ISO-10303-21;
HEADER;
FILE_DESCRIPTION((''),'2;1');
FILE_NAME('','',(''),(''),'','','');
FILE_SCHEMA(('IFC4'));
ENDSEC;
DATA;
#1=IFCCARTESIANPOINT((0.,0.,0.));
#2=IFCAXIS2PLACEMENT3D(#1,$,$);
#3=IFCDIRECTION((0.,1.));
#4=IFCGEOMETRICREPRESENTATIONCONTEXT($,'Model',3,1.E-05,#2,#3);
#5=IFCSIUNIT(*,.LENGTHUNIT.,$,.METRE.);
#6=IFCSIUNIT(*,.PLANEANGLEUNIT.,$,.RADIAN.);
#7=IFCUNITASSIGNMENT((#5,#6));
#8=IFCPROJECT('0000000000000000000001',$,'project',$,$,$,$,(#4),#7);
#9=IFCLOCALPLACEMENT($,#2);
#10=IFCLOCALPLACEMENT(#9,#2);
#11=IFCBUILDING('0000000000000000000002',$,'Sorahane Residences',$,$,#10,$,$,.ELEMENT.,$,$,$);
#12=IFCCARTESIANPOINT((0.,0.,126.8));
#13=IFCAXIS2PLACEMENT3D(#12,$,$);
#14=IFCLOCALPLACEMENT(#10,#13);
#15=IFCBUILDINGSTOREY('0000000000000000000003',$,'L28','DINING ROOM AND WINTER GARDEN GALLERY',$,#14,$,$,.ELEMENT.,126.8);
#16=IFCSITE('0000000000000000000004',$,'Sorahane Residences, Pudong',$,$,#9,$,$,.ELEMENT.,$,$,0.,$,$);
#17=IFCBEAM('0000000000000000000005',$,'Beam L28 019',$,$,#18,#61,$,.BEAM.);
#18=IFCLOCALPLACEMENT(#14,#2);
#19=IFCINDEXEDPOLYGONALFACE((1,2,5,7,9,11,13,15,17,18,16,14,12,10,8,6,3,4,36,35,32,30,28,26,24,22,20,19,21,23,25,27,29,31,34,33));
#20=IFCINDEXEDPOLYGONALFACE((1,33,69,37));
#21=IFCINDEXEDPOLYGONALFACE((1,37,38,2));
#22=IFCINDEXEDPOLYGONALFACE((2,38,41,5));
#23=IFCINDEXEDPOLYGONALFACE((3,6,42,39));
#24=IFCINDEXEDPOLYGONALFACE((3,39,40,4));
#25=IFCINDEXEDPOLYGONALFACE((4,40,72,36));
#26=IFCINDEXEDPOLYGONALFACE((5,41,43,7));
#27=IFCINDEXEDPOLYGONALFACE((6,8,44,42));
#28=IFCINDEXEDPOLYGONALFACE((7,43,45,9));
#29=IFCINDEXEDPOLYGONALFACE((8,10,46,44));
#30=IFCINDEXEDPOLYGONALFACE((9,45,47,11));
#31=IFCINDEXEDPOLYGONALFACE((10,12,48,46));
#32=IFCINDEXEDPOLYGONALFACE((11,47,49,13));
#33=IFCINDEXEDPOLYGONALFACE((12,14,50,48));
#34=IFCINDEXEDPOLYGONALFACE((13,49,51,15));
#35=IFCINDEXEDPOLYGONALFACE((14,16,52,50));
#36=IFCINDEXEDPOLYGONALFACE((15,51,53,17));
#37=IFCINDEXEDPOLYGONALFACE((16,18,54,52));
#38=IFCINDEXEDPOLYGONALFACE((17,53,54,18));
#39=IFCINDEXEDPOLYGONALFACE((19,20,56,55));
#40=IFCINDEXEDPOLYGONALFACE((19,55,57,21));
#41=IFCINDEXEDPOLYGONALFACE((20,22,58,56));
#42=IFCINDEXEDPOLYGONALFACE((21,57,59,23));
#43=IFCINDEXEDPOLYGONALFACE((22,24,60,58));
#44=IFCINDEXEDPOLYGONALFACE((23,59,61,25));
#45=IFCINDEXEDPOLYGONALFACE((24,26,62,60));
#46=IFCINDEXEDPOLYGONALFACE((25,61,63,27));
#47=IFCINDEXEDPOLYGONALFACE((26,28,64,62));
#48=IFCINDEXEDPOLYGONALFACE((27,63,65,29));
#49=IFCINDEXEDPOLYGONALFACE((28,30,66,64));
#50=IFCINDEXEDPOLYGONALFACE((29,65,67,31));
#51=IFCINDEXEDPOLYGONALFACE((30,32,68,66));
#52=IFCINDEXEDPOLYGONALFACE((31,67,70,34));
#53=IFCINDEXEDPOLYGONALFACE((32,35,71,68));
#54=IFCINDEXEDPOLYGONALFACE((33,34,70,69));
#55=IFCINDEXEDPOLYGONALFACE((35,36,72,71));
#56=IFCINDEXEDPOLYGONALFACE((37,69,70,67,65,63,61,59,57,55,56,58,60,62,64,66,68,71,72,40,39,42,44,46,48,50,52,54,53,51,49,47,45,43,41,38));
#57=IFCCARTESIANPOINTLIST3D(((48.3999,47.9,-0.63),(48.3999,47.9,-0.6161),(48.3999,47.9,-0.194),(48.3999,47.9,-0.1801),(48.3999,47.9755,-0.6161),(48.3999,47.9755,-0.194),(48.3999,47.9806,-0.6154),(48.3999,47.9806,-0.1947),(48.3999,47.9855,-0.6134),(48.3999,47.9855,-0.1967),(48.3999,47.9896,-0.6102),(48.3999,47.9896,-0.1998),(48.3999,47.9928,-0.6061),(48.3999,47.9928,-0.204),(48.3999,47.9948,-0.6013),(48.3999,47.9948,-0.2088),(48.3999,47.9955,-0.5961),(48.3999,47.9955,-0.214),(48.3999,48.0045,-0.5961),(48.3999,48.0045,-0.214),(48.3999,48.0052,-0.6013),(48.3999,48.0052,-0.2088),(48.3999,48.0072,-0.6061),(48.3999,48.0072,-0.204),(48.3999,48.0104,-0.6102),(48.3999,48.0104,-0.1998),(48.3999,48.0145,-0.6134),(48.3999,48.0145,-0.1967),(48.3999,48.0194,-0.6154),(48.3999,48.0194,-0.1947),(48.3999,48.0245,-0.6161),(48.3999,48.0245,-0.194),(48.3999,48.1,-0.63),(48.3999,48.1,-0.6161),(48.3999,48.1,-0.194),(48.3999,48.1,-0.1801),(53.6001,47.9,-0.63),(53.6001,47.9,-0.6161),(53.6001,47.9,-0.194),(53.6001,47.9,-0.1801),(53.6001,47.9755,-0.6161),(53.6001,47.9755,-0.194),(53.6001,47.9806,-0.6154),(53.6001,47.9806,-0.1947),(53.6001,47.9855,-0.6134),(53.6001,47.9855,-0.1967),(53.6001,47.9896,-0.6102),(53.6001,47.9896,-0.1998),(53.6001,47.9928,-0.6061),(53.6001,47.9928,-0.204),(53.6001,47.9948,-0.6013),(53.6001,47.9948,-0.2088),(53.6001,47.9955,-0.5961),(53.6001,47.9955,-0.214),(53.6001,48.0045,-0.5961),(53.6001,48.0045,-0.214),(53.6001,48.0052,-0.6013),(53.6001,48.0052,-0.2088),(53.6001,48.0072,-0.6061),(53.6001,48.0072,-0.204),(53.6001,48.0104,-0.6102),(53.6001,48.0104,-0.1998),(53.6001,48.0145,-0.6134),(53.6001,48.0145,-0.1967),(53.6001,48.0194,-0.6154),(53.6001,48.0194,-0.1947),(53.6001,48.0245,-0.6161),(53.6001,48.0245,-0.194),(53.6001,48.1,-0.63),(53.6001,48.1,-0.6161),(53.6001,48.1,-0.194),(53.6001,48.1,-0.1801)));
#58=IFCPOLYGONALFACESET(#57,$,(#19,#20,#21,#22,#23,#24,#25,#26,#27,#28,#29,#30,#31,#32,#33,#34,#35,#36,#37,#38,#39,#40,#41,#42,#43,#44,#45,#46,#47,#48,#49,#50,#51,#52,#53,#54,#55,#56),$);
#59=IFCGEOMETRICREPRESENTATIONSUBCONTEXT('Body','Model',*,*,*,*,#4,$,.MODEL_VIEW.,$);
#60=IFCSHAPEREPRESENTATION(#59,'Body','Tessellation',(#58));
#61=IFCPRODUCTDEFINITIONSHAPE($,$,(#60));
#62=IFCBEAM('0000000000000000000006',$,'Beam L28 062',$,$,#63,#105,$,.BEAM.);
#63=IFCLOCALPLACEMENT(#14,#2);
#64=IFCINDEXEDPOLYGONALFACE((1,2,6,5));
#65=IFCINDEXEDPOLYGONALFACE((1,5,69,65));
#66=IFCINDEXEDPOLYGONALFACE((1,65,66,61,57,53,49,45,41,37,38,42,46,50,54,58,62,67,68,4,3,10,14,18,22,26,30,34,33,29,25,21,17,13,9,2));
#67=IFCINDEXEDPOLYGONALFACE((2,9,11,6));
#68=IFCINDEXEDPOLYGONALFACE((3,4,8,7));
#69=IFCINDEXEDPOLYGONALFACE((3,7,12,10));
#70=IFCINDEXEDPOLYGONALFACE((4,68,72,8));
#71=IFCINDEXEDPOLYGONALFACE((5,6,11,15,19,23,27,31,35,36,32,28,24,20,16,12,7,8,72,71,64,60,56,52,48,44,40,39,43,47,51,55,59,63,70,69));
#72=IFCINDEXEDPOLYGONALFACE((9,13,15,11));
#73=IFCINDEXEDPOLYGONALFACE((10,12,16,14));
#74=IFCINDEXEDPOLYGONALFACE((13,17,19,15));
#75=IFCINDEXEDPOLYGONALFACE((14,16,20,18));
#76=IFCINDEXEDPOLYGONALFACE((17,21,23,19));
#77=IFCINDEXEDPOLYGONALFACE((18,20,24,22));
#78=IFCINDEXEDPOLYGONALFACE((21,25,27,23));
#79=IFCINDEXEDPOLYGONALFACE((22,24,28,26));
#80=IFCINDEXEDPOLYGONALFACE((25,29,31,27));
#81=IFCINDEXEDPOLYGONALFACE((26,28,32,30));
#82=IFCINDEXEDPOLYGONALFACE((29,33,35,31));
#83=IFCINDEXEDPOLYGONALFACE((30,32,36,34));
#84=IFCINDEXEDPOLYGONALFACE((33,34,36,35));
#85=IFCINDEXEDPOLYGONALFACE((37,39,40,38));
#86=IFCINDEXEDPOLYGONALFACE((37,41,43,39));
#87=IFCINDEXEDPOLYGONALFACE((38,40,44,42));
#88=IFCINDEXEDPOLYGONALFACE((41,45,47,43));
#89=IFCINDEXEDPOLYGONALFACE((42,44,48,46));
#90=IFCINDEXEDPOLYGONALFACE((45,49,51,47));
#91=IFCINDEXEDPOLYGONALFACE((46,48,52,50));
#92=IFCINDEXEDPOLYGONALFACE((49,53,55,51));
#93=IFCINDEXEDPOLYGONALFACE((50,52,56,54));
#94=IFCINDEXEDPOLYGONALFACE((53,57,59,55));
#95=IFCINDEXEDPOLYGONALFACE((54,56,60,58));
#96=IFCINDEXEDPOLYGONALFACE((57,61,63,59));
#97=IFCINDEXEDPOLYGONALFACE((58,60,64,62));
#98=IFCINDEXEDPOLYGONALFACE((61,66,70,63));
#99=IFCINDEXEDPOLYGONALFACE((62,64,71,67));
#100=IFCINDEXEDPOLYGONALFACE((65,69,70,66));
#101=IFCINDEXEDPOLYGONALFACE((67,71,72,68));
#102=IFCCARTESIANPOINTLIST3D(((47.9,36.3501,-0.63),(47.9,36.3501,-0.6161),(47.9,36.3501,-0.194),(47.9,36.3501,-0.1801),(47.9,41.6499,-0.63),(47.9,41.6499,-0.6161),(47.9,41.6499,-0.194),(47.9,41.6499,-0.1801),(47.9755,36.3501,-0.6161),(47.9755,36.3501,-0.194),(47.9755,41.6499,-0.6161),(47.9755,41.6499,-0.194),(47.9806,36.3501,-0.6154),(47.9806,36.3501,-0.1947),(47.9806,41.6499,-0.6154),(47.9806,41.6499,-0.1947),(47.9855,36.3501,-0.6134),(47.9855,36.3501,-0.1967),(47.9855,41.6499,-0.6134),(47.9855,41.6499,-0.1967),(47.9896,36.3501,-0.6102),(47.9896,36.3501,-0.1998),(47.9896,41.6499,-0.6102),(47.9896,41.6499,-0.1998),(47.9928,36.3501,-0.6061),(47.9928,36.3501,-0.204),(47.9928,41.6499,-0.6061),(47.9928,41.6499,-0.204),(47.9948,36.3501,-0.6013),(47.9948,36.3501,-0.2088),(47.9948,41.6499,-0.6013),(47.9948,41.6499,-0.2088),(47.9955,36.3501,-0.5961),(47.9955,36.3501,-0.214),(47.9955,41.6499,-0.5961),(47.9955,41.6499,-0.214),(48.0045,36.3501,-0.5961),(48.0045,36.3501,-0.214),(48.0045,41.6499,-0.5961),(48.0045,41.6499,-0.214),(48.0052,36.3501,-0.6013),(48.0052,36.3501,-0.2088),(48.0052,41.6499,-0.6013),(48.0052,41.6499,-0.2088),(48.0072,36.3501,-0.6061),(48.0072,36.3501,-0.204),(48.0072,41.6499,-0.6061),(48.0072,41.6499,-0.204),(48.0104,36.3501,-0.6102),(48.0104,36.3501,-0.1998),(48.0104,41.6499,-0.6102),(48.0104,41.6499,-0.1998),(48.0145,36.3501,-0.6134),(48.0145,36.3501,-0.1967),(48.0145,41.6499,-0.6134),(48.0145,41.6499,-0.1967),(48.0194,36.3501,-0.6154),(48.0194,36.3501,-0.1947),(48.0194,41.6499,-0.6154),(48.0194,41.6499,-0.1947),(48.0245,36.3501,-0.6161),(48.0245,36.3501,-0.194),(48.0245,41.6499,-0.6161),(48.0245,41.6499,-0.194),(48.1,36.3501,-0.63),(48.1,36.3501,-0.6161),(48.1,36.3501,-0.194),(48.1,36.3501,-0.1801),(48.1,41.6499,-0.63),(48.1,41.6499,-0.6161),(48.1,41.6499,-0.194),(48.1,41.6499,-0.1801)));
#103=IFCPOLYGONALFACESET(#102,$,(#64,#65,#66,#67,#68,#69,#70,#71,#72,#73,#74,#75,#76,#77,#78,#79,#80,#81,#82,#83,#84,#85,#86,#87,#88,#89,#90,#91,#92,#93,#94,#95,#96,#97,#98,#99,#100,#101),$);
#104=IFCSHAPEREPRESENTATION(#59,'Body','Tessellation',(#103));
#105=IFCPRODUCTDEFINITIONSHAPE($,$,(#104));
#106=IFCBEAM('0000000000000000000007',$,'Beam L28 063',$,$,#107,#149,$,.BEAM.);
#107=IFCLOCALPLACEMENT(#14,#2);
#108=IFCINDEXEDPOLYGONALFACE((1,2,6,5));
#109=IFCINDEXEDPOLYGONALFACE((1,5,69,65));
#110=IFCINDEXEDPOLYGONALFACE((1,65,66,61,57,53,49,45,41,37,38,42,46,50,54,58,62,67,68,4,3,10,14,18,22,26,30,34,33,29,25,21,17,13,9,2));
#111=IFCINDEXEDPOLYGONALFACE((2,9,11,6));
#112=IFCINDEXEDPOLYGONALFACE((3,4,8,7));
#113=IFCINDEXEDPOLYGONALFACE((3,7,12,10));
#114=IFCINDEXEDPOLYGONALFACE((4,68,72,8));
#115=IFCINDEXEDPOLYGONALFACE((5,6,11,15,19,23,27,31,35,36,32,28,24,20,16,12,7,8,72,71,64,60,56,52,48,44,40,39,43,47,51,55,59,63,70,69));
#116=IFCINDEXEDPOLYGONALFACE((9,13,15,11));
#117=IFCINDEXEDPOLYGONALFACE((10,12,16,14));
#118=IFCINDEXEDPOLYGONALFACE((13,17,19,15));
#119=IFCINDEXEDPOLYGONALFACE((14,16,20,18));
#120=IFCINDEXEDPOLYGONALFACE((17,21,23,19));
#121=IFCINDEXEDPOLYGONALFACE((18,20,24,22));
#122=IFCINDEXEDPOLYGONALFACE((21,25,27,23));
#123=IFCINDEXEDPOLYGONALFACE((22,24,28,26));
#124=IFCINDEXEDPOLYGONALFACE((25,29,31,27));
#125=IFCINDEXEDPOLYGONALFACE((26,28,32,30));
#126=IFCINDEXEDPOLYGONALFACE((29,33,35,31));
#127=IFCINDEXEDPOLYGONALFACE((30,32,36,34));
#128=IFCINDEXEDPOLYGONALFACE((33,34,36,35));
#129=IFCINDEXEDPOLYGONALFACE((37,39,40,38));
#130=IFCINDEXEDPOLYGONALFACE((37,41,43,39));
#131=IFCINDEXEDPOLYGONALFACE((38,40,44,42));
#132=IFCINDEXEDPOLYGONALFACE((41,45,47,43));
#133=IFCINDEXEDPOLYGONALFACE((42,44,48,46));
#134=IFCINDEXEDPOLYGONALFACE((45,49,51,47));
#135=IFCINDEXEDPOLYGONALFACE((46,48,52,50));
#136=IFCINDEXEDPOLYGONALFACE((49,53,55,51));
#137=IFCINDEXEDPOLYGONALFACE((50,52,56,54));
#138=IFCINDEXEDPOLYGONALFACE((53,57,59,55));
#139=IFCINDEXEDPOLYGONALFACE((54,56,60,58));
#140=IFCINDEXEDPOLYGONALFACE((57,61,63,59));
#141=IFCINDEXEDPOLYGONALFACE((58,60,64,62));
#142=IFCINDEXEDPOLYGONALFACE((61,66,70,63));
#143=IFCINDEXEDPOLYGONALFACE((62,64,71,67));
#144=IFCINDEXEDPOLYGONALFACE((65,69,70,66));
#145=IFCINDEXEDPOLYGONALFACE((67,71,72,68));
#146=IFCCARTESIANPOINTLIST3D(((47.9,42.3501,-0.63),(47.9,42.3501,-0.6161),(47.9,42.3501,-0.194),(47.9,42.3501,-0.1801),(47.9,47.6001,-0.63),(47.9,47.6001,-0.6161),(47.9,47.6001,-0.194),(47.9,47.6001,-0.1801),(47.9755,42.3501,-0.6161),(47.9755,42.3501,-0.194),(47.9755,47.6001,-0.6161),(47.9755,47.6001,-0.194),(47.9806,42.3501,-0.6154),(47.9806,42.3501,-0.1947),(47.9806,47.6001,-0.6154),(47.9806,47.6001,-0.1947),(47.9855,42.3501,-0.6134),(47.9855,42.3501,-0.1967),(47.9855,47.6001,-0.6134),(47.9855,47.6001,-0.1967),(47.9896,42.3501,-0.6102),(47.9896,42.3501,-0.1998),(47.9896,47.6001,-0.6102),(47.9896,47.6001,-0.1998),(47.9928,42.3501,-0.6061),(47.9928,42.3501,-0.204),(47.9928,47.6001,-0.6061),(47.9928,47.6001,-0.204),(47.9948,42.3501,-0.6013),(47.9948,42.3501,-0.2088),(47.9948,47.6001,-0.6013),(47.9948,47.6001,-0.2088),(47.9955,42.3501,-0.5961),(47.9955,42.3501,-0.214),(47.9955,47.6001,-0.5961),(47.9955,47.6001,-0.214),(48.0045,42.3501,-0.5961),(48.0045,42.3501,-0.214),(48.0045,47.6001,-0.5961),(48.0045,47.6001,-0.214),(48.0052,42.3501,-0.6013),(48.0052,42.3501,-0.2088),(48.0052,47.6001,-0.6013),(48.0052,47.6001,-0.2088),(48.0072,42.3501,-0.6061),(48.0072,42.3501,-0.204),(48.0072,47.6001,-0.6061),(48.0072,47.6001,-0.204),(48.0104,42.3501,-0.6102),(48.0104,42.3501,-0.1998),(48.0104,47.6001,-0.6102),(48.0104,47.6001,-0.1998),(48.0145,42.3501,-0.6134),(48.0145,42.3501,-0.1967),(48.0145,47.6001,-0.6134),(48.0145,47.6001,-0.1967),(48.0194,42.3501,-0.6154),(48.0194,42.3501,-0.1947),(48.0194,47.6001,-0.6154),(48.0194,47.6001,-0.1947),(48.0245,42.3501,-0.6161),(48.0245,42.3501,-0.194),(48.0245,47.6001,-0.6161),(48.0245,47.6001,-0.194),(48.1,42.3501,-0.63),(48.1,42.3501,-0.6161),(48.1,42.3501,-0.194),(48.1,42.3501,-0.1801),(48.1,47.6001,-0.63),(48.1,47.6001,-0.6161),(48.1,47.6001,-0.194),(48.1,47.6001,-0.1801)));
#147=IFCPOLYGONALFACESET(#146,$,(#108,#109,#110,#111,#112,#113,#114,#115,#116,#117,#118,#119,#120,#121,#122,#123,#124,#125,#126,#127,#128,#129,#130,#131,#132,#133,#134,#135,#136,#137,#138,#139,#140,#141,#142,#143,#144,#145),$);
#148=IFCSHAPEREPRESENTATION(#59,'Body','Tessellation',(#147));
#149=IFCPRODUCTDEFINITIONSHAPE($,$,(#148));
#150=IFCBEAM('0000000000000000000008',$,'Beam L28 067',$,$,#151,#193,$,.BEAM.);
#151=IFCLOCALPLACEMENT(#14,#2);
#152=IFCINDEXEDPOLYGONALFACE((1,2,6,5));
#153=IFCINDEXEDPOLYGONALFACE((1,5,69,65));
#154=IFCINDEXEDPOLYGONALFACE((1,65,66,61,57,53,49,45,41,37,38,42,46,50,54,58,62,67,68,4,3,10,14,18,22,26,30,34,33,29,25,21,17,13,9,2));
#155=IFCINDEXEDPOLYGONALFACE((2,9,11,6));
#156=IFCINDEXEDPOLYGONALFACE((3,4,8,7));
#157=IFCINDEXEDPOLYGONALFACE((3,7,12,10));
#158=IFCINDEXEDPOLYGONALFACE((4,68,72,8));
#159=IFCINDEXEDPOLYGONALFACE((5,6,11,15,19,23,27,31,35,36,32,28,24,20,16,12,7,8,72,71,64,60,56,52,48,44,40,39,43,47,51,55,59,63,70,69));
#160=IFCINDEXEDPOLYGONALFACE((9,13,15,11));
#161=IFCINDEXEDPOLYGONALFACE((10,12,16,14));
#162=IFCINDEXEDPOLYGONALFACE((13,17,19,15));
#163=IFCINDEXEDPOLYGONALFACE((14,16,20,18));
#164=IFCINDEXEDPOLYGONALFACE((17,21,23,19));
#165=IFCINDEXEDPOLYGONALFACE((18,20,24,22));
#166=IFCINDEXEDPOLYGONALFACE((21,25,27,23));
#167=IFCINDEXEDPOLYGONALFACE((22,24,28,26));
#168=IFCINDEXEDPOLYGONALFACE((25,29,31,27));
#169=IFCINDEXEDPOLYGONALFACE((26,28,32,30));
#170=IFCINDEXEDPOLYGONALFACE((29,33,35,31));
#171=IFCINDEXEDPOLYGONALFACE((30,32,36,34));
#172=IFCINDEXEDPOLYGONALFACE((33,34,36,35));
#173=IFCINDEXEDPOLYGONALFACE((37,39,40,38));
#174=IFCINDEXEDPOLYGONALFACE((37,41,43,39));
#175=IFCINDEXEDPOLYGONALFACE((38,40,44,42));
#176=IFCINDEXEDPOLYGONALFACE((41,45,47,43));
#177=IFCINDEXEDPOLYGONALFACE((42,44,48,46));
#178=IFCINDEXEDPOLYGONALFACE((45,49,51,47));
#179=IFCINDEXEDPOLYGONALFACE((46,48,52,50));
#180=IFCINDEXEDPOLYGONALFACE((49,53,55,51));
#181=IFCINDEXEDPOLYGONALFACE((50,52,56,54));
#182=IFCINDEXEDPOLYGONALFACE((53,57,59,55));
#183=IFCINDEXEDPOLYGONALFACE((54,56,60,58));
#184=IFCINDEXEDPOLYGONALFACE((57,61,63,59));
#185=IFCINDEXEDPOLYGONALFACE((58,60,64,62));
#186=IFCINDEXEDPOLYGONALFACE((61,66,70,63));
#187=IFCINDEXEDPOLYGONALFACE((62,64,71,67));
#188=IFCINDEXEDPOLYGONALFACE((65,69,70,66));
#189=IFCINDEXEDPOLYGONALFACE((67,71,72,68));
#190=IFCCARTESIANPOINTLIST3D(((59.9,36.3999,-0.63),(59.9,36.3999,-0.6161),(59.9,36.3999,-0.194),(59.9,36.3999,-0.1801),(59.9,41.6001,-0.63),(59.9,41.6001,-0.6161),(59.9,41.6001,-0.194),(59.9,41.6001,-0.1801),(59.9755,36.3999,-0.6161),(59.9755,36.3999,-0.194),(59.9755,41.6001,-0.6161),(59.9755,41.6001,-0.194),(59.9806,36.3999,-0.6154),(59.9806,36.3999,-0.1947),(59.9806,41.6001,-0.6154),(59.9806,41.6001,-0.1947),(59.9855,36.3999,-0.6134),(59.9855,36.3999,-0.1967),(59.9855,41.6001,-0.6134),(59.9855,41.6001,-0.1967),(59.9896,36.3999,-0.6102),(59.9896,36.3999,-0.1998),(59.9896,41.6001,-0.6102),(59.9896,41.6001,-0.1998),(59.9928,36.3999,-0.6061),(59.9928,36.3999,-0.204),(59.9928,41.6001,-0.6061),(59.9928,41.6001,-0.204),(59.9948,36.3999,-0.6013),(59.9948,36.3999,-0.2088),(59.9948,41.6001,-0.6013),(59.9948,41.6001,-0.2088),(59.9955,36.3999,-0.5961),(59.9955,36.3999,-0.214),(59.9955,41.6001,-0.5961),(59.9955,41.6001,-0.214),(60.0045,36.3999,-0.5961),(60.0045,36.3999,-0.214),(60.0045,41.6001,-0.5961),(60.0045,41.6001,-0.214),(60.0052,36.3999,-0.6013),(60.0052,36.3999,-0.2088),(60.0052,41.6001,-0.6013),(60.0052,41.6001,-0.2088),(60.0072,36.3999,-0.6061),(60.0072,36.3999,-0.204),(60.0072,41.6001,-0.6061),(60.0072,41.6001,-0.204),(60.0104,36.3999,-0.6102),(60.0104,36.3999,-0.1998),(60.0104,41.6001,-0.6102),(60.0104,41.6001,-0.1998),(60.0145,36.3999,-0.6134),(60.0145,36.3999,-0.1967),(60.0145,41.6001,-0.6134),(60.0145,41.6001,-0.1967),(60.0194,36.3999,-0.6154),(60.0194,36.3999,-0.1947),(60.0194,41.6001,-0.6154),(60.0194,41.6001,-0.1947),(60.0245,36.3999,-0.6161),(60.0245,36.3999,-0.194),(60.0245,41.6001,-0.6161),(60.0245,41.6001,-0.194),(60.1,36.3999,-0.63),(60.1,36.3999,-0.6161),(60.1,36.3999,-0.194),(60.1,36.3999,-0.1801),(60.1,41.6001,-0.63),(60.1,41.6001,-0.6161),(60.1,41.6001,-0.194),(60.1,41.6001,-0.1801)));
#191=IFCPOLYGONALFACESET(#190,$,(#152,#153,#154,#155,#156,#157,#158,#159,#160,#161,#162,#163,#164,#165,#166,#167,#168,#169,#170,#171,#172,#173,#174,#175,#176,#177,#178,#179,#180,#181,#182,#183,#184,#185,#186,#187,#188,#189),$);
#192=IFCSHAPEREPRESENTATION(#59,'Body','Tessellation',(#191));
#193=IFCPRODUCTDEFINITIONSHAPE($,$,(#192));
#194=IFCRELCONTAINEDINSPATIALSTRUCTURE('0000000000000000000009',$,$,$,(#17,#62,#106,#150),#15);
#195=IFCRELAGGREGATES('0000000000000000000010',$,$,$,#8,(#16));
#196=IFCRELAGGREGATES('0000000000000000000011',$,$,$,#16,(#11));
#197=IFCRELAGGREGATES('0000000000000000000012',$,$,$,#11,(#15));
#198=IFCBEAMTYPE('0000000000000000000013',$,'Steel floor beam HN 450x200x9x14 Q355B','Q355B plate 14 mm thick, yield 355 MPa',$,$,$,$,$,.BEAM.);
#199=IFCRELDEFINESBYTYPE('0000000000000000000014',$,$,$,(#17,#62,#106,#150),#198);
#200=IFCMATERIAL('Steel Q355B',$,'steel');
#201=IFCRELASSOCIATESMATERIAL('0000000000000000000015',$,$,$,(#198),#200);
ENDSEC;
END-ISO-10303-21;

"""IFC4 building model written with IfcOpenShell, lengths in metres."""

from ifc_helpers import new_model, si_unit, direction, frame, origin, origin_2d, place, context, subcontext, project, spatial, i_section, extrude, material, material_profile, profile_set, type_object, element, save


model = new_model("IFC4")

# Units and contexts
model_context = context("Model", 3, precision=1e-05, world=origin(), true_north=direction((0.0, 1.0)))
body_context = subcontext(model_context, "Body", "Model", "MODEL_VIEW")
ifc_project = project(units=[si_unit("LENGTHUNIT", "METRE"), si_unit("PLANEANGLEUNIT", "RADIAN")], contexts=[model_context])

# Site, building, storey
site_placement = place(None, origin())
site = spatial("IfcSite", under=ifc_project, at=site_placement, Name="Sorahane Residences, Pudong", CompositionType="ELEMENT", RefElevation=0.0)
building_placement = place(site_placement, origin())
building = spatial("IfcBuilding", under=site, at=building_placement, Name="Sorahane Residences", CompositionType="ELEMENT")
storey_placement = place(building_placement, frame((0.0, 0.0, 126.8)))
storey = spatial("IfcBuildingStorey", under=building, at=storey_placement, Name="L28", Description="DINING ROOM AND WINTER GARDEN GALLERY", CompositionType="ELEMENT", Elevation=126.8)

# Beams
ifc_material_1 = material(Name="Steel Q355B", Category="steel")
ifc_material_profile_1 = material_profile(ifc_material_1, i_section(OverallWidth=0.2, OverallDepth=0.45, WebThickness=0.009, FlangeThickness=0.0139, FilletRadius=0.02, at=origin_2d()), Name="HN 450x200x9x14")
ifc_profile_set_1 = profile_set([ifc_material_profile_1], Name="Steel Q355B")
beam_type_1 = type_object("IfcBeamType", Name="Steel floor beam HN 450x200x9x14 Q355B", Description="Q355B plate 14 mm thick, yield 355 MPa", PredefinedType="BEAM", material=ifc_profile_set_1)
beam_1_placement = place(storey_placement, frame((48.3999, 48.0, -0.405), z_axis=(1.0, 0.0, 0.0), x_axis=(0.0, 1.0, 0.0)))
element("IfcBeam", 1, at=beam_1_placement, inside=storey, type_object=beam_type_1, Name="Beam L28 019", PredefinedType="BEAM", context=body_context, shape_type="SweptSolid", body=[
    extrude(i_section(OverallWidth=0.2, OverallDepth=0.45, WebThickness=0.009, FlangeThickness=0.0139, FilletRadius=0.02, at=origin_2d()), origin(), (0.0, 0.0, 1.0), 5.2002),
])
beam_2_placement = place(storey_placement, frame((48.0, 36.3501, -0.405), z_axis=(0.0, 1.0, 0.0), x_axis=(-1.0, 0.0, 0.0)))
element("IfcBeam", 2, at=beam_2_placement, inside=storey, type_object=beam_type_1, Name="Beam L28 062", PredefinedType="BEAM", context=body_context, shape_type="SweptSolid", body=[
    extrude(i_section(OverallWidth=0.2, OverallDepth=0.45, WebThickness=0.009, FlangeThickness=0.0139, FilletRadius=0.02, at=origin_2d()), origin(), (0.0, 0.0, 1.0), 5.2998),
])
beam_3_placement = place(storey_placement, frame((48.0, 42.3501, -0.405), z_axis=(0.0, 1.0, 0.0), x_axis=(-1.0, 0.0, 0.0)))
element("IfcBeam", 3, at=beam_3_placement, inside=storey, type_object=beam_type_1, Name="Beam L28 063", PredefinedType="BEAM", context=body_context, shape_type="SweptSolid", body=[
    extrude(i_section(OverallWidth=0.2, OverallDepth=0.45, WebThickness=0.009, FlangeThickness=0.0139, FilletRadius=0.02, at=origin_2d()), origin(), (0.0, 0.0, 1.0), 5.25),
])
beam_4_placement = place(storey_placement, frame((60.0, 36.3999, -0.405), z_axis=(0.0, 1.0, 0.0), x_axis=(-1.0, 0.0, 0.0)))
element("IfcBeam", 4, at=beam_4_placement, inside=storey, type_object=beam_type_1, Name="Beam L28 067", PredefinedType="BEAM", context=body_context, shape_type="SweptSolid", body=[
    extrude(i_section(OverallWidth=0.2, OverallDepth=0.45, WebThickness=0.009, FlangeThickness=0.0139, FilletRadius=0.02, at=origin_2d()), origin(), (0.0, 0.0, 1.0), 5.2002),
])

save(model, "model.ifc")
